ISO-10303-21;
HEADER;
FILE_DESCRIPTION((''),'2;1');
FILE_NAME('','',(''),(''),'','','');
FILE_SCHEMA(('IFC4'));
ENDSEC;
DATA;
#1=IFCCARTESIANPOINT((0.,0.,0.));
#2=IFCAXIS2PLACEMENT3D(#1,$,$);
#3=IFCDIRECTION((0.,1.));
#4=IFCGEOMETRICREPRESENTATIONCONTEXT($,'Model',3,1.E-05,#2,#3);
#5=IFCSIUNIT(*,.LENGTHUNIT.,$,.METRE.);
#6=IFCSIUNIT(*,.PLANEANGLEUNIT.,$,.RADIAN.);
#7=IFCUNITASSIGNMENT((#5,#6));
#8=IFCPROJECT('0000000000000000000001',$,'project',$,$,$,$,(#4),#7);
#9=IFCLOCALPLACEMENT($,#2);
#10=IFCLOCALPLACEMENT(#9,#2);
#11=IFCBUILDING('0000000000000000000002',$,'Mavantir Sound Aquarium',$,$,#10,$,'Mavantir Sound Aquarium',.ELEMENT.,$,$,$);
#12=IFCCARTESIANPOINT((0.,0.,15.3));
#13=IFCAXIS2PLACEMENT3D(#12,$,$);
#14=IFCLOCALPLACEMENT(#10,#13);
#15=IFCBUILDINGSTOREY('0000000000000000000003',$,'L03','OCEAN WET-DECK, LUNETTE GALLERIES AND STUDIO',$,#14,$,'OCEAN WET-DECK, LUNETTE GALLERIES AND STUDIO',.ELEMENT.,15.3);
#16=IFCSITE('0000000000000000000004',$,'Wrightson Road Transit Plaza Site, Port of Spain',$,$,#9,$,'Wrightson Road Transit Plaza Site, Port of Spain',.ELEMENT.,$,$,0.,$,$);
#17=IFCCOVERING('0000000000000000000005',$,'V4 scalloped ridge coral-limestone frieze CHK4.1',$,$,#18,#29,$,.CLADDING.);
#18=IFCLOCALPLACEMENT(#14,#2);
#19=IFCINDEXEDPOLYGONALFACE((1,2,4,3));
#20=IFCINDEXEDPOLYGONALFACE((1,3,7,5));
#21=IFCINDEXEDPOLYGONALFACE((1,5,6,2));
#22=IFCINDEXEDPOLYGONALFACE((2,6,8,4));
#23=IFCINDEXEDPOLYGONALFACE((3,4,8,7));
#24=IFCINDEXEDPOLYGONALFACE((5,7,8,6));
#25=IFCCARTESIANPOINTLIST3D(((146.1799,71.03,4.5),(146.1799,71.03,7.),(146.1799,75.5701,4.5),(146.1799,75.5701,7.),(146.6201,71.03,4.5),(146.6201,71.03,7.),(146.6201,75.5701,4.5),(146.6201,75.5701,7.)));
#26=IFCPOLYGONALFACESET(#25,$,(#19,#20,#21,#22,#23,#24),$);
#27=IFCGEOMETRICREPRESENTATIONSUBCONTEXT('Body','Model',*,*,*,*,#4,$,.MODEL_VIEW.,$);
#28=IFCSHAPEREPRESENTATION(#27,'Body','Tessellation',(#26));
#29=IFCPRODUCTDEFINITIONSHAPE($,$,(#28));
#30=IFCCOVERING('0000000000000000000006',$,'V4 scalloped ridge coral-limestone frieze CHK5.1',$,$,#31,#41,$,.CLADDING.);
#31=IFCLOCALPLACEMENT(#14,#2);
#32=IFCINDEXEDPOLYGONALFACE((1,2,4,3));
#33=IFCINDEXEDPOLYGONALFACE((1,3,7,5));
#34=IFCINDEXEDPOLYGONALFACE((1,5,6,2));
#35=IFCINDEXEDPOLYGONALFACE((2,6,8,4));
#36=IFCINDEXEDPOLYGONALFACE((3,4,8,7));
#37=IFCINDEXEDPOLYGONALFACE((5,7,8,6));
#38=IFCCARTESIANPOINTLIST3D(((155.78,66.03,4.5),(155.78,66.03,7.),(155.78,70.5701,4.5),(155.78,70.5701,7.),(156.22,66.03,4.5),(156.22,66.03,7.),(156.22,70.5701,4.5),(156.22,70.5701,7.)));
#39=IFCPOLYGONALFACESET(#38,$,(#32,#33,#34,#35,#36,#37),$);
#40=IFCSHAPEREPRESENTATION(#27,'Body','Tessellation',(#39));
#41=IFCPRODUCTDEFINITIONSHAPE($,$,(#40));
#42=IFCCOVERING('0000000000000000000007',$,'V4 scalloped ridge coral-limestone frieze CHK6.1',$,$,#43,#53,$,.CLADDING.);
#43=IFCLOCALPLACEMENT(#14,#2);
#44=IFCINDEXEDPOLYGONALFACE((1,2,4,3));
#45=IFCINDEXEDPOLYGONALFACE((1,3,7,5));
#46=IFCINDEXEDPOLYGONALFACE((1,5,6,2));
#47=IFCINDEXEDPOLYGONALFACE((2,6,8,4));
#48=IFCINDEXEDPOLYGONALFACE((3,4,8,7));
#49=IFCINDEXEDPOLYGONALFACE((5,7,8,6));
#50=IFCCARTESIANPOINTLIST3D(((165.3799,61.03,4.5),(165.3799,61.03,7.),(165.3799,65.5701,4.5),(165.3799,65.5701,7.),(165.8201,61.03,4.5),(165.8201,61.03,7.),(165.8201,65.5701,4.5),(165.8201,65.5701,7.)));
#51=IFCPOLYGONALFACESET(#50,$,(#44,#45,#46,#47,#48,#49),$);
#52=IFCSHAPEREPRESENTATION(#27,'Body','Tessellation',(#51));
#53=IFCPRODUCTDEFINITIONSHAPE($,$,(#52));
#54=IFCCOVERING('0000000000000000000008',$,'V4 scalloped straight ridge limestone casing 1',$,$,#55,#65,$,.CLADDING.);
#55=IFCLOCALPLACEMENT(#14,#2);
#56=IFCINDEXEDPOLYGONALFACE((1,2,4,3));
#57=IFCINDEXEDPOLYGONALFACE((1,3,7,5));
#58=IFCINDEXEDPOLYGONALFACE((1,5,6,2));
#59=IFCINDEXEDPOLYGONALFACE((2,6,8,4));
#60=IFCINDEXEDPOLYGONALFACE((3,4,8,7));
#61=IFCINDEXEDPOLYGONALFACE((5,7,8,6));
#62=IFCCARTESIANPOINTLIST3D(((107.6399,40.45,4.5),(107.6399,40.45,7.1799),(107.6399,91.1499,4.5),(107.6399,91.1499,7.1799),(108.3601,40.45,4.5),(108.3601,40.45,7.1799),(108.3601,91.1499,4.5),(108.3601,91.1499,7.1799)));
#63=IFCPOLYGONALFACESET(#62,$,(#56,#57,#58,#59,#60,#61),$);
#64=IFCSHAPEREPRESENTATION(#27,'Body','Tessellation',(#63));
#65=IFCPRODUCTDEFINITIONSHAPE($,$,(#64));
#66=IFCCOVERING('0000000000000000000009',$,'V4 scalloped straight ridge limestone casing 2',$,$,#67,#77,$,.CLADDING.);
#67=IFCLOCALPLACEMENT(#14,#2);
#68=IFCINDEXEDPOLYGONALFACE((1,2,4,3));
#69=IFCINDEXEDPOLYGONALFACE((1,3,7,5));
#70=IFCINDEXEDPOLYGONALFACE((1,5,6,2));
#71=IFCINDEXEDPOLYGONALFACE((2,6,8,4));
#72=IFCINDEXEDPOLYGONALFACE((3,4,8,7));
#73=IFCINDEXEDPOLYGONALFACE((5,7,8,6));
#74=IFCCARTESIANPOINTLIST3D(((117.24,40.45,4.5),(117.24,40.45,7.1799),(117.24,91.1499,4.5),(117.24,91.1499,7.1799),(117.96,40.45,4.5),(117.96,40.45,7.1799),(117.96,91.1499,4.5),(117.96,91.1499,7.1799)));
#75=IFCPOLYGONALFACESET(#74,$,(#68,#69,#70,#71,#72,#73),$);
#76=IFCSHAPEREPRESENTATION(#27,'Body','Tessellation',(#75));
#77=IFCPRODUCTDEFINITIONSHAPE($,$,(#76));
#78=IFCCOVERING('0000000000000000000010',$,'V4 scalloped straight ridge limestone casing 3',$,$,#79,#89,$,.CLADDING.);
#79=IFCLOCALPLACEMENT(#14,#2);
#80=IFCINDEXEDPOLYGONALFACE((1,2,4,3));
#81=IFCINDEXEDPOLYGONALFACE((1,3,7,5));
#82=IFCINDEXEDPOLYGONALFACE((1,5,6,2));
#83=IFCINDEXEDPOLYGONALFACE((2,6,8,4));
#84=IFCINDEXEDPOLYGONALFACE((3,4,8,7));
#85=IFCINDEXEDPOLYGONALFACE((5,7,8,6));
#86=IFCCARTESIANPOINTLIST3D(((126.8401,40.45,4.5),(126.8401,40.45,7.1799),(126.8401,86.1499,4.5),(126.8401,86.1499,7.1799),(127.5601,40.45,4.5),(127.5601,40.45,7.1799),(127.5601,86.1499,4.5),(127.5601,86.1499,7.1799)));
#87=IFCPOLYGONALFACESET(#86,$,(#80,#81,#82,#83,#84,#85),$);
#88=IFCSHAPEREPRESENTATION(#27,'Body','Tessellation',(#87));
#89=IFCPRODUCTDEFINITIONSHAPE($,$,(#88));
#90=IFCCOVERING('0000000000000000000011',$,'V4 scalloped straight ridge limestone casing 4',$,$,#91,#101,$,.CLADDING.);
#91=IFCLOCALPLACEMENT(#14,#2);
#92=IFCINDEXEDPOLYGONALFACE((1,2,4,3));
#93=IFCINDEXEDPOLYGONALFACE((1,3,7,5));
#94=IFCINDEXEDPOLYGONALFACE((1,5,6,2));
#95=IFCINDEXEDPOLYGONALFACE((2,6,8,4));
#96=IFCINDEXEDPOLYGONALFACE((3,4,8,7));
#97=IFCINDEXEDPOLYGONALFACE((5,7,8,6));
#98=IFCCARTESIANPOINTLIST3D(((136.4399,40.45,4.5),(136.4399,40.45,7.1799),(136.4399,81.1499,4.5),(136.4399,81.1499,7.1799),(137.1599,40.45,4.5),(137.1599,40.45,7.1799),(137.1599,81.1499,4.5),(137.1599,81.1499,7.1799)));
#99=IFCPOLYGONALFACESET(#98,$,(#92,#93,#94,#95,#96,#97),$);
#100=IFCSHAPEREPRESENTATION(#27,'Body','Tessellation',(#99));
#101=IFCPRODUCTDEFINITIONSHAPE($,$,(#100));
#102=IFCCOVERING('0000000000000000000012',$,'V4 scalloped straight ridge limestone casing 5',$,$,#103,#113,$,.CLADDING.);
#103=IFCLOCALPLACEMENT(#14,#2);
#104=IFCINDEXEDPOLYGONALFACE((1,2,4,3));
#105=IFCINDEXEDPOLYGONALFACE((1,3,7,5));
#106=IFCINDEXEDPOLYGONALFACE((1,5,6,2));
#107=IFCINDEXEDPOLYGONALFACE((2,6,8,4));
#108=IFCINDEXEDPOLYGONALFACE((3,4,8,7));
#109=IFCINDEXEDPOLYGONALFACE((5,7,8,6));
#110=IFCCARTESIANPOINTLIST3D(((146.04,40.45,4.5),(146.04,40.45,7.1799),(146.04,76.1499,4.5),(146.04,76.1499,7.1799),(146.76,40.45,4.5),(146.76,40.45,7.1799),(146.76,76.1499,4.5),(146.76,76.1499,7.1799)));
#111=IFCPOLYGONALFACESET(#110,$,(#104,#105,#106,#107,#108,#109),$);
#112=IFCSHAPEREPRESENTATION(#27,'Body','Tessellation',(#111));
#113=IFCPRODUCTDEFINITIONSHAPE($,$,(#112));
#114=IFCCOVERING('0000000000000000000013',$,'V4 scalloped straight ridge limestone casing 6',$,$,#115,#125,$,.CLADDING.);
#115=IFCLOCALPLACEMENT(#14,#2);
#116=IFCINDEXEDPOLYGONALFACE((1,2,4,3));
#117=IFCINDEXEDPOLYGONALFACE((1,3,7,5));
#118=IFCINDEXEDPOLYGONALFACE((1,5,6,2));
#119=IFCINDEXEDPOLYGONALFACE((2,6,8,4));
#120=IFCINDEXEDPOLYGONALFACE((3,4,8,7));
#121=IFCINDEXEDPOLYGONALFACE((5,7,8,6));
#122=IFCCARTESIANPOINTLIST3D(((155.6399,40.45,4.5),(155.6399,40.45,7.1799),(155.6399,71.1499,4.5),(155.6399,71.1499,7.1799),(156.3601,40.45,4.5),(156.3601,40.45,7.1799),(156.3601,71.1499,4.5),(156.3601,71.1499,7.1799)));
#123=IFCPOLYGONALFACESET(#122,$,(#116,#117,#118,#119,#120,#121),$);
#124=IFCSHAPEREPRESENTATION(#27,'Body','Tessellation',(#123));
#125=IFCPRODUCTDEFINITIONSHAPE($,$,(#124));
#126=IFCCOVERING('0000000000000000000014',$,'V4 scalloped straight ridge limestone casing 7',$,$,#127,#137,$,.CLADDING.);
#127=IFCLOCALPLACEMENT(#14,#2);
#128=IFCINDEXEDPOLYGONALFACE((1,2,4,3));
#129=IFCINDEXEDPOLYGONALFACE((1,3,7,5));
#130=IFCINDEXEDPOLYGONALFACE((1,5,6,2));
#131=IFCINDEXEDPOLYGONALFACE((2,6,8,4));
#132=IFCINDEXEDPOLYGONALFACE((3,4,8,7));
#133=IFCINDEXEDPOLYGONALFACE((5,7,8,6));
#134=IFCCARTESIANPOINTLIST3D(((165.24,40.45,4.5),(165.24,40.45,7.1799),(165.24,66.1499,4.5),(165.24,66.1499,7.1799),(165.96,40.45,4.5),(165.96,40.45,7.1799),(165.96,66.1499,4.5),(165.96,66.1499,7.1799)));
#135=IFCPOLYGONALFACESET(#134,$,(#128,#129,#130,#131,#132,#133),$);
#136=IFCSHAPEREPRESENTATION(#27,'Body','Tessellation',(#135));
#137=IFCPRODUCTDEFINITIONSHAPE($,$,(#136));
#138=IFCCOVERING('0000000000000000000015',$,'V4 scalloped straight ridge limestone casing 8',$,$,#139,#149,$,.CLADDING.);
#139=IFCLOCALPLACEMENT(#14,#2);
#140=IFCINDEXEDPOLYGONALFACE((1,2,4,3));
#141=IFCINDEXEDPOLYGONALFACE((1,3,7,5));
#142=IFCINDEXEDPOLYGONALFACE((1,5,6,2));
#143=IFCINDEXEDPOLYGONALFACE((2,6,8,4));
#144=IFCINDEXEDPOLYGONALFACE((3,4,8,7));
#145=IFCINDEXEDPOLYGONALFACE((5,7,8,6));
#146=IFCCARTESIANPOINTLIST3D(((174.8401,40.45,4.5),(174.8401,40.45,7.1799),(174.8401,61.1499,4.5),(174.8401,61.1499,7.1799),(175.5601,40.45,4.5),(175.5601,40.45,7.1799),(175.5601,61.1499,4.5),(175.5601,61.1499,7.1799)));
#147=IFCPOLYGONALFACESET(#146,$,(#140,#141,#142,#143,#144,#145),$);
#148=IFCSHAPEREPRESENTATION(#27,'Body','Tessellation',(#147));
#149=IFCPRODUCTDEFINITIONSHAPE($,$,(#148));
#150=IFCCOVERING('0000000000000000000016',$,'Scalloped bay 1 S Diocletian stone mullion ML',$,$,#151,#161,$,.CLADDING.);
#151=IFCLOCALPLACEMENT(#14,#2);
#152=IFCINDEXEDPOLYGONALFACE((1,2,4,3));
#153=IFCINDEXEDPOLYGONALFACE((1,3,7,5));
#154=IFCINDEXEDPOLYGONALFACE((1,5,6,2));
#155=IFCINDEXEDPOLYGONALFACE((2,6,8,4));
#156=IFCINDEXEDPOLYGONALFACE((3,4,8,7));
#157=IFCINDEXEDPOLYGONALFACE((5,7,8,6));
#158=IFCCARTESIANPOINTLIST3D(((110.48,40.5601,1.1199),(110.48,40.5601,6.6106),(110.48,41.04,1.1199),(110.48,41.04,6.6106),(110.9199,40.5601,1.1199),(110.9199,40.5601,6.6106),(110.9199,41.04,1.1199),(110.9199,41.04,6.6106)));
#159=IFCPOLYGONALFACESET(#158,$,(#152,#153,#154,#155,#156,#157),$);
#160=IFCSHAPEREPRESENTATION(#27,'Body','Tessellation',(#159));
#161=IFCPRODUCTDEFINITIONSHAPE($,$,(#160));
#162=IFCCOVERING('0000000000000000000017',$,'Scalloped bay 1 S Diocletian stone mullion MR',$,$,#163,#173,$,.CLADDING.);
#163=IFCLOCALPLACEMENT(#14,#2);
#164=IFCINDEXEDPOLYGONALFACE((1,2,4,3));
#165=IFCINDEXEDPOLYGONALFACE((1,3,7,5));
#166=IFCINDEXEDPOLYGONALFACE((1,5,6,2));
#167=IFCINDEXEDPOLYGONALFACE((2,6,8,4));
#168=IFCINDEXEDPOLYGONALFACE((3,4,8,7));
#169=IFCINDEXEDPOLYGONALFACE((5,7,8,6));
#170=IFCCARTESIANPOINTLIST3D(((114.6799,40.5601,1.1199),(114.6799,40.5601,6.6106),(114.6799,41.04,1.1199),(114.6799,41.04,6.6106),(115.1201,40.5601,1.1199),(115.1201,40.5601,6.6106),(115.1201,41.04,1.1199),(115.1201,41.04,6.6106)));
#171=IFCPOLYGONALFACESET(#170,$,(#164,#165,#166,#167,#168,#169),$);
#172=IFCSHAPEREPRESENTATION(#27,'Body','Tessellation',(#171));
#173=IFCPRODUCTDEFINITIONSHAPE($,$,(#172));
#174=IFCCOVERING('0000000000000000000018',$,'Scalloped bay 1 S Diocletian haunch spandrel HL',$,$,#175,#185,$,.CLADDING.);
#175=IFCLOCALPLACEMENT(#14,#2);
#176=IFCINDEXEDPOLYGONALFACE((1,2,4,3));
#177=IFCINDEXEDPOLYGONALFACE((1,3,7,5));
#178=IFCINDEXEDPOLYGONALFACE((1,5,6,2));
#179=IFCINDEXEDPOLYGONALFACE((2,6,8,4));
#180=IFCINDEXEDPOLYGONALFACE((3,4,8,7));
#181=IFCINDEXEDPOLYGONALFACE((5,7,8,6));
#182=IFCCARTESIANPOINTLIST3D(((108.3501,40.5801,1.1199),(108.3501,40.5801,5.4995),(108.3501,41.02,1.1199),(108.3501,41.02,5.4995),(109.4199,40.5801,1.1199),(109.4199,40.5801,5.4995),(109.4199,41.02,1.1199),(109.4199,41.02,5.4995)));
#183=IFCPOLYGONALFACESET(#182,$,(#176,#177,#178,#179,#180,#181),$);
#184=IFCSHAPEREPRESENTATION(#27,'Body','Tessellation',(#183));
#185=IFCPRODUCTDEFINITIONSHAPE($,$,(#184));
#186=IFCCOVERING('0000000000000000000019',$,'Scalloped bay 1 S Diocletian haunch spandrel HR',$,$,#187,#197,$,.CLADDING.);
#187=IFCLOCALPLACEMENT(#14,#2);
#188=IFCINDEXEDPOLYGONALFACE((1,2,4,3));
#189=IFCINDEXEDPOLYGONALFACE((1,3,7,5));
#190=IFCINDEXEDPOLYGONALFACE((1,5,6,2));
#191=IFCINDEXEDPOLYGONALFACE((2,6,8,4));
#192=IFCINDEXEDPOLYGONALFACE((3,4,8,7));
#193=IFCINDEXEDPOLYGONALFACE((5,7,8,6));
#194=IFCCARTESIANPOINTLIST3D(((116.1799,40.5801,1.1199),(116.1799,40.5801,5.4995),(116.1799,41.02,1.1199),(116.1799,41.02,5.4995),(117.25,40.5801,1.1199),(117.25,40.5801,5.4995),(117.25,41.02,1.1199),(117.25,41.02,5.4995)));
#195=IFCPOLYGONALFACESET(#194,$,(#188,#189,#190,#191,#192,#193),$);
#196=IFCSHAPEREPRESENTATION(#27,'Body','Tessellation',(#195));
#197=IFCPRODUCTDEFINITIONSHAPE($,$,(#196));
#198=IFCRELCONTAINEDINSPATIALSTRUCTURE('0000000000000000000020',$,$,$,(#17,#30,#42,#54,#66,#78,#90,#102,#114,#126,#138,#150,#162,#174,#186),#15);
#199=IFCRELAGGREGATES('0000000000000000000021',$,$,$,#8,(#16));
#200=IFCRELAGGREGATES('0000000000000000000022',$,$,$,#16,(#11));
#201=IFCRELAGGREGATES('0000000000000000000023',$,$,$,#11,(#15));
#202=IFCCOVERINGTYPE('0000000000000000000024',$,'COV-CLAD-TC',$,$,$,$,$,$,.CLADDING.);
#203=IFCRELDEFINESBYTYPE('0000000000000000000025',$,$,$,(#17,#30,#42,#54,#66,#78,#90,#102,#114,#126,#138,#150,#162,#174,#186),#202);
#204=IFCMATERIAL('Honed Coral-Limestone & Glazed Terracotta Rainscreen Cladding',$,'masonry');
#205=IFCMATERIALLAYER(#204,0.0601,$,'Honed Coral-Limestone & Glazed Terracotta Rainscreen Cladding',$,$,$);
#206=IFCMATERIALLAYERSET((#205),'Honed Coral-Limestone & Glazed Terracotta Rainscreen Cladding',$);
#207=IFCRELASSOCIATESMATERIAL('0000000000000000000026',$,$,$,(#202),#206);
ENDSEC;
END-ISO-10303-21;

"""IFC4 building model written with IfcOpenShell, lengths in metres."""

from ifc_helpers import new_model, si_unit, direction, frame, origin, place, context, subcontext, project, spatial, polyline, outline, extrude, material, layer, layer_set, type_object, element, save


model = new_model("IFC4")

# Units and contexts
model_context = context("Model", 3, precision=1e-05, world=origin(), true_north=direction((0.0, 1.0)))
body_context = subcontext(model_context, "Body", "Model", "MODEL_VIEW")
ifc_project = project(units=[si_unit("LENGTHUNIT", "METRE"), si_unit("PLANEANGLEUNIT", "RADIAN")], contexts=[model_context])

# Site, building, storey
site_placement = place(None, origin())
site = spatial("IfcSite", under=ifc_project, at=site_placement, Name="Wrightson Road Transit Plaza Site, Port of Spain", LongName="Wrightson Road Transit Plaza Site, Port of Spain", CompositionType="ELEMENT", RefElevation=0.0)
building_placement = place(site_placement, origin())
building = spatial("IfcBuilding", under=site, at=building_placement, Name="Mavantir Sound Aquarium", LongName="Mavantir Sound Aquarium", CompositionType="ELEMENT")
storey_placement = place(building_placement, frame((0.0, 0.0, 15.3)))
storey = spatial("IfcBuildingStorey", under=building, at=storey_placement, Name="L03", Description="OCEAN WET-DECK, LUNETTE GALLERIES AND STUDIO", LongName="OCEAN WET-DECK, LUNETTE GALLERIES AND STUDIO", CompositionType="ELEMENT", Elevation=15.3)

# Coverings
ifc_material = material(Name="Honed Coral-Limestone & Glazed Terracotta Rainscreen Cladding", Category="masonry")
ifc_layer = layer(ifc_material, 0.0601, Name="Honed Coral-Limestone & Glazed Terracotta Rainscreen Cladding")
ifc_layer_set = layer_set([ifc_layer], Name="Honed Coral-Limestone & Glazed Terracotta Rainscreen Cladding")
covering_type = type_object("IfcCoveringType", Name="COV-CLAD-TC", PredefinedType="CLADDING", material=ifc_layer_set)
covering_1_placement = place(storey_placement, frame((0.0, 0.0, 4.5)))
element("IfcCovering", 1, at=covering_1_placement, inside=storey, type_object=covering_type, Name="V4 scalloped ridge coral-limestone frieze CHK4.1", PredefinedType="CLADDING", context=body_context, shape_type="SweptSolid", body=[
    extrude(outline(polyline([(146.1799, 71.03), (146.6201, 71.03), (146.6201, 75.5701), (146.1799, 75.5701), (146.1799, 71.03)])), origin(), (0.0, 0.0, 1.0), 2.5),
])
covering_2_placement = place(storey_placement, frame((0.0, 0.0, 4.5)))
element("IfcCovering", 2, at=covering_2_placement, inside=storey, type_object=covering_type, Name="V4 scalloped ridge coral-limestone frieze CHK5.1", PredefinedType="CLADDING", context=body_context, shape_type="SweptSolid", body=[
    extrude(outline(polyline([(155.78, 66.03), (156.22, 66.03), (156.22, 70.5701), (155.78, 70.5701), (155.78, 66.03)])), origin(), (0.0, 0.0, 1.0), 2.5),
])
covering_3_placement = place(storey_placement, frame((0.0, 0.0, 4.5)))
element("IfcCovering", 3, at=covering_3_placement, inside=storey, type_object=covering_type, Name="V4 scalloped ridge coral-limestone frieze CHK6.1", PredefinedType="CLADDING", context=body_context, shape_type="SweptSolid", body=[
    extrude(outline(polyline([(165.3799, 61.03), (165.8201, 61.03), (165.8201, 65.5701), (165.3799, 65.5701), (165.3799, 61.03)])), origin(), (0.0, 0.0, 1.0), 2.5),
])
covering_4_placement = place(storey_placement, frame((0.0, 0.0, 4.5)))
element("IfcCovering", 4, at=covering_4_placement, inside=storey, type_object=covering_type, Name="V4 scalloped straight ridge limestone casing 1", PredefinedType="CLADDING", context=body_context, shape_type="SweptSolid", body=[
    extrude(outline(polyline([(107.6399, 40.45), (108.3601, 40.45), (108.3601, 91.1499), (107.6399, 91.1499), (107.6399, 40.45)])), origin(), (0.0, 0.0, 1.0), 2.6799),
])
covering_5_placement = place(storey_placement, frame((0.0, 0.0, 4.5)))
element("IfcCovering", 5, at=covering_5_placement, inside=storey, type_object=covering_type, Name="V4 scalloped straight ridge limestone casing 2", PredefinedType="CLADDING", context=body_context, shape_type="SweptSolid", body=[
    extrude(outline(polyline([(117.24, 40.45), (117.96, 40.45), (117.96, 91.1499), (117.24, 91.1499), (117.24, 40.45)])), origin(), (0.0, 0.0, 1.0), 2.6799),
])
covering_6_placement = place(storey_placement, frame((0.0, 0.0, 4.5)))
element("IfcCovering", 6, at=covering_6_placement, inside=storey, type_object=covering_type, Name="V4 scalloped straight ridge limestone casing 3", PredefinedType="CLADDING", context=body_context, shape_type="SweptSolid", body=[
    extrude(outline(polyline([(126.8401, 40.45), (127.5601, 40.45), (127.5601, 86.1499), (126.8401, 86.1499), (126.8401, 40.45)])), origin(), (0.0, 0.0, 1.0), 2.6799),
])
covering_7_placement = place(storey_placement, frame((0.0, 0.0, 4.5)))
element("IfcCovering", 7, at=covering_7_placement, inside=storey, type_object=covering_type, Name="V4 scalloped straight ridge limestone casing 4", PredefinedType="CLADDING", context=body_context, shape_type="SweptSolid", body=[
    extrude(outline(polyline([(136.4399, 40.45), (137.1599, 40.45), (137.1599, 81.1499), (136.4399, 81.1499), (136.4399, 40.45)])), origin(), (0.0, 0.0, 1.0), 2.6799),
])
covering_8_placement = place(storey_placement, frame((0.0, 0.0, 4.5)))
element("IfcCovering", 8, at=covering_8_placement, inside=storey, type_object=covering_type, Name="V4 scalloped straight ridge limestone casing 5", PredefinedType="CLADDING", context=body_context, shape_type="SweptSolid", body=[
    extrude(outline(polyline([(146.04, 40.45), (146.76, 40.45), (146.76, 76.1499), (146.04, 76.1499), (146.04, 40.45)])), origin(), (0.0, 0.0, 1.0), 2.6799),
])
covering_9_placement = place(storey_placement, frame((0.0, 0.0, 4.5)))
element("IfcCovering", 9, at=covering_9_placement, inside=storey, type_object=covering_type, Name="V4 scalloped straight ridge limestone casing 6", PredefinedType="CLADDING", context=body_context, shape_type="SweptSolid", body=[
    extrude(outline(polyline([(155.6399, 40.45), (156.3601, 40.45), (156.3601, 71.1499), (155.6399, 71.1499), (155.6399, 40.45)])), origin(), (0.0, 0.0, 1.0), 2.6799),
])
covering_10_placement = place(storey_placement, frame((0.0, 0.0, 4.5)))
element("IfcCovering", 10, at=covering_10_placement, inside=storey, type_object=covering_type, Name="V4 scalloped straight ridge limestone casing 7", PredefinedType="CLADDING", context=body_context, shape_type="SweptSolid", body=[
    extrude(outline(polyline([(165.24, 40.45), (165.96, 40.45), (165.96, 66.1499), (165.24, 66.1499), (165.24, 40.45)])), origin(), (0.0, 0.0, 1.0), 2.6799),
])
covering_11_placement = place(storey_placement, frame((0.0, 0.0, 4.5)))
element("IfcCovering", 11, at=covering_11_placement, inside=storey, type_object=covering_type, Name="V4 scalloped straight ridge limestone casing 8", PredefinedType="CLADDING", context=body_context, shape_type="SweptSolid", body=[
    extrude(outline(polyline([(174.8401, 40.45), (175.5601, 40.45), (175.5601, 61.1499), (174.8401, 61.1499), (174.8401, 40.45)])), origin(), (0.0, 0.0, 1.0), 2.6799),
])
covering_12_placement = place(storey_placement, frame((0.0, 0.0, 1.1199)))
element("IfcCovering", 12, at=covering_12_placement, inside=storey, type_object=covering_type, Name="Scalloped bay 1 S Diocletian stone mullion ML", PredefinedType="CLADDING", context=body_context, shape_type="SweptSolid", body=[
    extrude(outline(polyline([(110.48, 40.5601), (110.9199, 40.5601), (110.9199, 41.04), (110.48, 41.04), (110.48, 40.5601)])), origin(), (0.0, 0.0, 1.0), 5.4907),
])
covering_13_placement = place(storey_placement, frame((0.0, 0.0, 1.1199)))
element("IfcCovering", 13, at=covering_13_placement, inside=storey, type_object=covering_type, Name="Scalloped bay 1 S Diocletian stone mullion MR", PredefinedType="CLADDING", context=body_context, shape_type="SweptSolid", body=[
    extrude(outline(polyline([(114.6799, 40.5601), (115.1201, 40.5601), (115.1201, 41.04), (114.6799, 41.04), (114.6799, 40.5601)])), origin(), (0.0, 0.0, 1.0), 5.4907),
])
covering_14_placement = place(storey_placement, frame((0.0, 0.0, 1.1199)))
element("IfcCovering", 14, at=covering_14_placement, inside=storey, type_object=covering_type, Name="Scalloped bay 1 S Diocletian haunch spandrel HL", PredefinedType="CLADDING", context=body_context, shape_type="SweptSolid", body=[
    extrude(outline(polyline([(108.3501, 40.5801), (109.4199, 40.5801), (109.4199, 41.02), (108.3501, 41.02), (108.3501, 40.5801)])), origin(), (0.0, 0.0, 1.0), 4.3796),
])
covering_15_placement = place(storey_placement, frame((0.0, 0.0, 1.1199)))
element("IfcCovering", 15, at=covering_15_placement, inside=storey, type_object=covering_type, Name="Scalloped bay 1 S Diocletian haunch spandrel HR", PredefinedType="CLADDING", context=body_context, shape_type="SweptSolid", body=[
    extrude(outline(polyline([(116.1799, 40.5801), (117.25, 40.5801), (117.25, 41.02), (116.1799, 41.02), (116.1799, 40.5801)])), origin(), (0.0, 0.0, 1.0), 4.3796),
])

save(model, "model.ifc")
